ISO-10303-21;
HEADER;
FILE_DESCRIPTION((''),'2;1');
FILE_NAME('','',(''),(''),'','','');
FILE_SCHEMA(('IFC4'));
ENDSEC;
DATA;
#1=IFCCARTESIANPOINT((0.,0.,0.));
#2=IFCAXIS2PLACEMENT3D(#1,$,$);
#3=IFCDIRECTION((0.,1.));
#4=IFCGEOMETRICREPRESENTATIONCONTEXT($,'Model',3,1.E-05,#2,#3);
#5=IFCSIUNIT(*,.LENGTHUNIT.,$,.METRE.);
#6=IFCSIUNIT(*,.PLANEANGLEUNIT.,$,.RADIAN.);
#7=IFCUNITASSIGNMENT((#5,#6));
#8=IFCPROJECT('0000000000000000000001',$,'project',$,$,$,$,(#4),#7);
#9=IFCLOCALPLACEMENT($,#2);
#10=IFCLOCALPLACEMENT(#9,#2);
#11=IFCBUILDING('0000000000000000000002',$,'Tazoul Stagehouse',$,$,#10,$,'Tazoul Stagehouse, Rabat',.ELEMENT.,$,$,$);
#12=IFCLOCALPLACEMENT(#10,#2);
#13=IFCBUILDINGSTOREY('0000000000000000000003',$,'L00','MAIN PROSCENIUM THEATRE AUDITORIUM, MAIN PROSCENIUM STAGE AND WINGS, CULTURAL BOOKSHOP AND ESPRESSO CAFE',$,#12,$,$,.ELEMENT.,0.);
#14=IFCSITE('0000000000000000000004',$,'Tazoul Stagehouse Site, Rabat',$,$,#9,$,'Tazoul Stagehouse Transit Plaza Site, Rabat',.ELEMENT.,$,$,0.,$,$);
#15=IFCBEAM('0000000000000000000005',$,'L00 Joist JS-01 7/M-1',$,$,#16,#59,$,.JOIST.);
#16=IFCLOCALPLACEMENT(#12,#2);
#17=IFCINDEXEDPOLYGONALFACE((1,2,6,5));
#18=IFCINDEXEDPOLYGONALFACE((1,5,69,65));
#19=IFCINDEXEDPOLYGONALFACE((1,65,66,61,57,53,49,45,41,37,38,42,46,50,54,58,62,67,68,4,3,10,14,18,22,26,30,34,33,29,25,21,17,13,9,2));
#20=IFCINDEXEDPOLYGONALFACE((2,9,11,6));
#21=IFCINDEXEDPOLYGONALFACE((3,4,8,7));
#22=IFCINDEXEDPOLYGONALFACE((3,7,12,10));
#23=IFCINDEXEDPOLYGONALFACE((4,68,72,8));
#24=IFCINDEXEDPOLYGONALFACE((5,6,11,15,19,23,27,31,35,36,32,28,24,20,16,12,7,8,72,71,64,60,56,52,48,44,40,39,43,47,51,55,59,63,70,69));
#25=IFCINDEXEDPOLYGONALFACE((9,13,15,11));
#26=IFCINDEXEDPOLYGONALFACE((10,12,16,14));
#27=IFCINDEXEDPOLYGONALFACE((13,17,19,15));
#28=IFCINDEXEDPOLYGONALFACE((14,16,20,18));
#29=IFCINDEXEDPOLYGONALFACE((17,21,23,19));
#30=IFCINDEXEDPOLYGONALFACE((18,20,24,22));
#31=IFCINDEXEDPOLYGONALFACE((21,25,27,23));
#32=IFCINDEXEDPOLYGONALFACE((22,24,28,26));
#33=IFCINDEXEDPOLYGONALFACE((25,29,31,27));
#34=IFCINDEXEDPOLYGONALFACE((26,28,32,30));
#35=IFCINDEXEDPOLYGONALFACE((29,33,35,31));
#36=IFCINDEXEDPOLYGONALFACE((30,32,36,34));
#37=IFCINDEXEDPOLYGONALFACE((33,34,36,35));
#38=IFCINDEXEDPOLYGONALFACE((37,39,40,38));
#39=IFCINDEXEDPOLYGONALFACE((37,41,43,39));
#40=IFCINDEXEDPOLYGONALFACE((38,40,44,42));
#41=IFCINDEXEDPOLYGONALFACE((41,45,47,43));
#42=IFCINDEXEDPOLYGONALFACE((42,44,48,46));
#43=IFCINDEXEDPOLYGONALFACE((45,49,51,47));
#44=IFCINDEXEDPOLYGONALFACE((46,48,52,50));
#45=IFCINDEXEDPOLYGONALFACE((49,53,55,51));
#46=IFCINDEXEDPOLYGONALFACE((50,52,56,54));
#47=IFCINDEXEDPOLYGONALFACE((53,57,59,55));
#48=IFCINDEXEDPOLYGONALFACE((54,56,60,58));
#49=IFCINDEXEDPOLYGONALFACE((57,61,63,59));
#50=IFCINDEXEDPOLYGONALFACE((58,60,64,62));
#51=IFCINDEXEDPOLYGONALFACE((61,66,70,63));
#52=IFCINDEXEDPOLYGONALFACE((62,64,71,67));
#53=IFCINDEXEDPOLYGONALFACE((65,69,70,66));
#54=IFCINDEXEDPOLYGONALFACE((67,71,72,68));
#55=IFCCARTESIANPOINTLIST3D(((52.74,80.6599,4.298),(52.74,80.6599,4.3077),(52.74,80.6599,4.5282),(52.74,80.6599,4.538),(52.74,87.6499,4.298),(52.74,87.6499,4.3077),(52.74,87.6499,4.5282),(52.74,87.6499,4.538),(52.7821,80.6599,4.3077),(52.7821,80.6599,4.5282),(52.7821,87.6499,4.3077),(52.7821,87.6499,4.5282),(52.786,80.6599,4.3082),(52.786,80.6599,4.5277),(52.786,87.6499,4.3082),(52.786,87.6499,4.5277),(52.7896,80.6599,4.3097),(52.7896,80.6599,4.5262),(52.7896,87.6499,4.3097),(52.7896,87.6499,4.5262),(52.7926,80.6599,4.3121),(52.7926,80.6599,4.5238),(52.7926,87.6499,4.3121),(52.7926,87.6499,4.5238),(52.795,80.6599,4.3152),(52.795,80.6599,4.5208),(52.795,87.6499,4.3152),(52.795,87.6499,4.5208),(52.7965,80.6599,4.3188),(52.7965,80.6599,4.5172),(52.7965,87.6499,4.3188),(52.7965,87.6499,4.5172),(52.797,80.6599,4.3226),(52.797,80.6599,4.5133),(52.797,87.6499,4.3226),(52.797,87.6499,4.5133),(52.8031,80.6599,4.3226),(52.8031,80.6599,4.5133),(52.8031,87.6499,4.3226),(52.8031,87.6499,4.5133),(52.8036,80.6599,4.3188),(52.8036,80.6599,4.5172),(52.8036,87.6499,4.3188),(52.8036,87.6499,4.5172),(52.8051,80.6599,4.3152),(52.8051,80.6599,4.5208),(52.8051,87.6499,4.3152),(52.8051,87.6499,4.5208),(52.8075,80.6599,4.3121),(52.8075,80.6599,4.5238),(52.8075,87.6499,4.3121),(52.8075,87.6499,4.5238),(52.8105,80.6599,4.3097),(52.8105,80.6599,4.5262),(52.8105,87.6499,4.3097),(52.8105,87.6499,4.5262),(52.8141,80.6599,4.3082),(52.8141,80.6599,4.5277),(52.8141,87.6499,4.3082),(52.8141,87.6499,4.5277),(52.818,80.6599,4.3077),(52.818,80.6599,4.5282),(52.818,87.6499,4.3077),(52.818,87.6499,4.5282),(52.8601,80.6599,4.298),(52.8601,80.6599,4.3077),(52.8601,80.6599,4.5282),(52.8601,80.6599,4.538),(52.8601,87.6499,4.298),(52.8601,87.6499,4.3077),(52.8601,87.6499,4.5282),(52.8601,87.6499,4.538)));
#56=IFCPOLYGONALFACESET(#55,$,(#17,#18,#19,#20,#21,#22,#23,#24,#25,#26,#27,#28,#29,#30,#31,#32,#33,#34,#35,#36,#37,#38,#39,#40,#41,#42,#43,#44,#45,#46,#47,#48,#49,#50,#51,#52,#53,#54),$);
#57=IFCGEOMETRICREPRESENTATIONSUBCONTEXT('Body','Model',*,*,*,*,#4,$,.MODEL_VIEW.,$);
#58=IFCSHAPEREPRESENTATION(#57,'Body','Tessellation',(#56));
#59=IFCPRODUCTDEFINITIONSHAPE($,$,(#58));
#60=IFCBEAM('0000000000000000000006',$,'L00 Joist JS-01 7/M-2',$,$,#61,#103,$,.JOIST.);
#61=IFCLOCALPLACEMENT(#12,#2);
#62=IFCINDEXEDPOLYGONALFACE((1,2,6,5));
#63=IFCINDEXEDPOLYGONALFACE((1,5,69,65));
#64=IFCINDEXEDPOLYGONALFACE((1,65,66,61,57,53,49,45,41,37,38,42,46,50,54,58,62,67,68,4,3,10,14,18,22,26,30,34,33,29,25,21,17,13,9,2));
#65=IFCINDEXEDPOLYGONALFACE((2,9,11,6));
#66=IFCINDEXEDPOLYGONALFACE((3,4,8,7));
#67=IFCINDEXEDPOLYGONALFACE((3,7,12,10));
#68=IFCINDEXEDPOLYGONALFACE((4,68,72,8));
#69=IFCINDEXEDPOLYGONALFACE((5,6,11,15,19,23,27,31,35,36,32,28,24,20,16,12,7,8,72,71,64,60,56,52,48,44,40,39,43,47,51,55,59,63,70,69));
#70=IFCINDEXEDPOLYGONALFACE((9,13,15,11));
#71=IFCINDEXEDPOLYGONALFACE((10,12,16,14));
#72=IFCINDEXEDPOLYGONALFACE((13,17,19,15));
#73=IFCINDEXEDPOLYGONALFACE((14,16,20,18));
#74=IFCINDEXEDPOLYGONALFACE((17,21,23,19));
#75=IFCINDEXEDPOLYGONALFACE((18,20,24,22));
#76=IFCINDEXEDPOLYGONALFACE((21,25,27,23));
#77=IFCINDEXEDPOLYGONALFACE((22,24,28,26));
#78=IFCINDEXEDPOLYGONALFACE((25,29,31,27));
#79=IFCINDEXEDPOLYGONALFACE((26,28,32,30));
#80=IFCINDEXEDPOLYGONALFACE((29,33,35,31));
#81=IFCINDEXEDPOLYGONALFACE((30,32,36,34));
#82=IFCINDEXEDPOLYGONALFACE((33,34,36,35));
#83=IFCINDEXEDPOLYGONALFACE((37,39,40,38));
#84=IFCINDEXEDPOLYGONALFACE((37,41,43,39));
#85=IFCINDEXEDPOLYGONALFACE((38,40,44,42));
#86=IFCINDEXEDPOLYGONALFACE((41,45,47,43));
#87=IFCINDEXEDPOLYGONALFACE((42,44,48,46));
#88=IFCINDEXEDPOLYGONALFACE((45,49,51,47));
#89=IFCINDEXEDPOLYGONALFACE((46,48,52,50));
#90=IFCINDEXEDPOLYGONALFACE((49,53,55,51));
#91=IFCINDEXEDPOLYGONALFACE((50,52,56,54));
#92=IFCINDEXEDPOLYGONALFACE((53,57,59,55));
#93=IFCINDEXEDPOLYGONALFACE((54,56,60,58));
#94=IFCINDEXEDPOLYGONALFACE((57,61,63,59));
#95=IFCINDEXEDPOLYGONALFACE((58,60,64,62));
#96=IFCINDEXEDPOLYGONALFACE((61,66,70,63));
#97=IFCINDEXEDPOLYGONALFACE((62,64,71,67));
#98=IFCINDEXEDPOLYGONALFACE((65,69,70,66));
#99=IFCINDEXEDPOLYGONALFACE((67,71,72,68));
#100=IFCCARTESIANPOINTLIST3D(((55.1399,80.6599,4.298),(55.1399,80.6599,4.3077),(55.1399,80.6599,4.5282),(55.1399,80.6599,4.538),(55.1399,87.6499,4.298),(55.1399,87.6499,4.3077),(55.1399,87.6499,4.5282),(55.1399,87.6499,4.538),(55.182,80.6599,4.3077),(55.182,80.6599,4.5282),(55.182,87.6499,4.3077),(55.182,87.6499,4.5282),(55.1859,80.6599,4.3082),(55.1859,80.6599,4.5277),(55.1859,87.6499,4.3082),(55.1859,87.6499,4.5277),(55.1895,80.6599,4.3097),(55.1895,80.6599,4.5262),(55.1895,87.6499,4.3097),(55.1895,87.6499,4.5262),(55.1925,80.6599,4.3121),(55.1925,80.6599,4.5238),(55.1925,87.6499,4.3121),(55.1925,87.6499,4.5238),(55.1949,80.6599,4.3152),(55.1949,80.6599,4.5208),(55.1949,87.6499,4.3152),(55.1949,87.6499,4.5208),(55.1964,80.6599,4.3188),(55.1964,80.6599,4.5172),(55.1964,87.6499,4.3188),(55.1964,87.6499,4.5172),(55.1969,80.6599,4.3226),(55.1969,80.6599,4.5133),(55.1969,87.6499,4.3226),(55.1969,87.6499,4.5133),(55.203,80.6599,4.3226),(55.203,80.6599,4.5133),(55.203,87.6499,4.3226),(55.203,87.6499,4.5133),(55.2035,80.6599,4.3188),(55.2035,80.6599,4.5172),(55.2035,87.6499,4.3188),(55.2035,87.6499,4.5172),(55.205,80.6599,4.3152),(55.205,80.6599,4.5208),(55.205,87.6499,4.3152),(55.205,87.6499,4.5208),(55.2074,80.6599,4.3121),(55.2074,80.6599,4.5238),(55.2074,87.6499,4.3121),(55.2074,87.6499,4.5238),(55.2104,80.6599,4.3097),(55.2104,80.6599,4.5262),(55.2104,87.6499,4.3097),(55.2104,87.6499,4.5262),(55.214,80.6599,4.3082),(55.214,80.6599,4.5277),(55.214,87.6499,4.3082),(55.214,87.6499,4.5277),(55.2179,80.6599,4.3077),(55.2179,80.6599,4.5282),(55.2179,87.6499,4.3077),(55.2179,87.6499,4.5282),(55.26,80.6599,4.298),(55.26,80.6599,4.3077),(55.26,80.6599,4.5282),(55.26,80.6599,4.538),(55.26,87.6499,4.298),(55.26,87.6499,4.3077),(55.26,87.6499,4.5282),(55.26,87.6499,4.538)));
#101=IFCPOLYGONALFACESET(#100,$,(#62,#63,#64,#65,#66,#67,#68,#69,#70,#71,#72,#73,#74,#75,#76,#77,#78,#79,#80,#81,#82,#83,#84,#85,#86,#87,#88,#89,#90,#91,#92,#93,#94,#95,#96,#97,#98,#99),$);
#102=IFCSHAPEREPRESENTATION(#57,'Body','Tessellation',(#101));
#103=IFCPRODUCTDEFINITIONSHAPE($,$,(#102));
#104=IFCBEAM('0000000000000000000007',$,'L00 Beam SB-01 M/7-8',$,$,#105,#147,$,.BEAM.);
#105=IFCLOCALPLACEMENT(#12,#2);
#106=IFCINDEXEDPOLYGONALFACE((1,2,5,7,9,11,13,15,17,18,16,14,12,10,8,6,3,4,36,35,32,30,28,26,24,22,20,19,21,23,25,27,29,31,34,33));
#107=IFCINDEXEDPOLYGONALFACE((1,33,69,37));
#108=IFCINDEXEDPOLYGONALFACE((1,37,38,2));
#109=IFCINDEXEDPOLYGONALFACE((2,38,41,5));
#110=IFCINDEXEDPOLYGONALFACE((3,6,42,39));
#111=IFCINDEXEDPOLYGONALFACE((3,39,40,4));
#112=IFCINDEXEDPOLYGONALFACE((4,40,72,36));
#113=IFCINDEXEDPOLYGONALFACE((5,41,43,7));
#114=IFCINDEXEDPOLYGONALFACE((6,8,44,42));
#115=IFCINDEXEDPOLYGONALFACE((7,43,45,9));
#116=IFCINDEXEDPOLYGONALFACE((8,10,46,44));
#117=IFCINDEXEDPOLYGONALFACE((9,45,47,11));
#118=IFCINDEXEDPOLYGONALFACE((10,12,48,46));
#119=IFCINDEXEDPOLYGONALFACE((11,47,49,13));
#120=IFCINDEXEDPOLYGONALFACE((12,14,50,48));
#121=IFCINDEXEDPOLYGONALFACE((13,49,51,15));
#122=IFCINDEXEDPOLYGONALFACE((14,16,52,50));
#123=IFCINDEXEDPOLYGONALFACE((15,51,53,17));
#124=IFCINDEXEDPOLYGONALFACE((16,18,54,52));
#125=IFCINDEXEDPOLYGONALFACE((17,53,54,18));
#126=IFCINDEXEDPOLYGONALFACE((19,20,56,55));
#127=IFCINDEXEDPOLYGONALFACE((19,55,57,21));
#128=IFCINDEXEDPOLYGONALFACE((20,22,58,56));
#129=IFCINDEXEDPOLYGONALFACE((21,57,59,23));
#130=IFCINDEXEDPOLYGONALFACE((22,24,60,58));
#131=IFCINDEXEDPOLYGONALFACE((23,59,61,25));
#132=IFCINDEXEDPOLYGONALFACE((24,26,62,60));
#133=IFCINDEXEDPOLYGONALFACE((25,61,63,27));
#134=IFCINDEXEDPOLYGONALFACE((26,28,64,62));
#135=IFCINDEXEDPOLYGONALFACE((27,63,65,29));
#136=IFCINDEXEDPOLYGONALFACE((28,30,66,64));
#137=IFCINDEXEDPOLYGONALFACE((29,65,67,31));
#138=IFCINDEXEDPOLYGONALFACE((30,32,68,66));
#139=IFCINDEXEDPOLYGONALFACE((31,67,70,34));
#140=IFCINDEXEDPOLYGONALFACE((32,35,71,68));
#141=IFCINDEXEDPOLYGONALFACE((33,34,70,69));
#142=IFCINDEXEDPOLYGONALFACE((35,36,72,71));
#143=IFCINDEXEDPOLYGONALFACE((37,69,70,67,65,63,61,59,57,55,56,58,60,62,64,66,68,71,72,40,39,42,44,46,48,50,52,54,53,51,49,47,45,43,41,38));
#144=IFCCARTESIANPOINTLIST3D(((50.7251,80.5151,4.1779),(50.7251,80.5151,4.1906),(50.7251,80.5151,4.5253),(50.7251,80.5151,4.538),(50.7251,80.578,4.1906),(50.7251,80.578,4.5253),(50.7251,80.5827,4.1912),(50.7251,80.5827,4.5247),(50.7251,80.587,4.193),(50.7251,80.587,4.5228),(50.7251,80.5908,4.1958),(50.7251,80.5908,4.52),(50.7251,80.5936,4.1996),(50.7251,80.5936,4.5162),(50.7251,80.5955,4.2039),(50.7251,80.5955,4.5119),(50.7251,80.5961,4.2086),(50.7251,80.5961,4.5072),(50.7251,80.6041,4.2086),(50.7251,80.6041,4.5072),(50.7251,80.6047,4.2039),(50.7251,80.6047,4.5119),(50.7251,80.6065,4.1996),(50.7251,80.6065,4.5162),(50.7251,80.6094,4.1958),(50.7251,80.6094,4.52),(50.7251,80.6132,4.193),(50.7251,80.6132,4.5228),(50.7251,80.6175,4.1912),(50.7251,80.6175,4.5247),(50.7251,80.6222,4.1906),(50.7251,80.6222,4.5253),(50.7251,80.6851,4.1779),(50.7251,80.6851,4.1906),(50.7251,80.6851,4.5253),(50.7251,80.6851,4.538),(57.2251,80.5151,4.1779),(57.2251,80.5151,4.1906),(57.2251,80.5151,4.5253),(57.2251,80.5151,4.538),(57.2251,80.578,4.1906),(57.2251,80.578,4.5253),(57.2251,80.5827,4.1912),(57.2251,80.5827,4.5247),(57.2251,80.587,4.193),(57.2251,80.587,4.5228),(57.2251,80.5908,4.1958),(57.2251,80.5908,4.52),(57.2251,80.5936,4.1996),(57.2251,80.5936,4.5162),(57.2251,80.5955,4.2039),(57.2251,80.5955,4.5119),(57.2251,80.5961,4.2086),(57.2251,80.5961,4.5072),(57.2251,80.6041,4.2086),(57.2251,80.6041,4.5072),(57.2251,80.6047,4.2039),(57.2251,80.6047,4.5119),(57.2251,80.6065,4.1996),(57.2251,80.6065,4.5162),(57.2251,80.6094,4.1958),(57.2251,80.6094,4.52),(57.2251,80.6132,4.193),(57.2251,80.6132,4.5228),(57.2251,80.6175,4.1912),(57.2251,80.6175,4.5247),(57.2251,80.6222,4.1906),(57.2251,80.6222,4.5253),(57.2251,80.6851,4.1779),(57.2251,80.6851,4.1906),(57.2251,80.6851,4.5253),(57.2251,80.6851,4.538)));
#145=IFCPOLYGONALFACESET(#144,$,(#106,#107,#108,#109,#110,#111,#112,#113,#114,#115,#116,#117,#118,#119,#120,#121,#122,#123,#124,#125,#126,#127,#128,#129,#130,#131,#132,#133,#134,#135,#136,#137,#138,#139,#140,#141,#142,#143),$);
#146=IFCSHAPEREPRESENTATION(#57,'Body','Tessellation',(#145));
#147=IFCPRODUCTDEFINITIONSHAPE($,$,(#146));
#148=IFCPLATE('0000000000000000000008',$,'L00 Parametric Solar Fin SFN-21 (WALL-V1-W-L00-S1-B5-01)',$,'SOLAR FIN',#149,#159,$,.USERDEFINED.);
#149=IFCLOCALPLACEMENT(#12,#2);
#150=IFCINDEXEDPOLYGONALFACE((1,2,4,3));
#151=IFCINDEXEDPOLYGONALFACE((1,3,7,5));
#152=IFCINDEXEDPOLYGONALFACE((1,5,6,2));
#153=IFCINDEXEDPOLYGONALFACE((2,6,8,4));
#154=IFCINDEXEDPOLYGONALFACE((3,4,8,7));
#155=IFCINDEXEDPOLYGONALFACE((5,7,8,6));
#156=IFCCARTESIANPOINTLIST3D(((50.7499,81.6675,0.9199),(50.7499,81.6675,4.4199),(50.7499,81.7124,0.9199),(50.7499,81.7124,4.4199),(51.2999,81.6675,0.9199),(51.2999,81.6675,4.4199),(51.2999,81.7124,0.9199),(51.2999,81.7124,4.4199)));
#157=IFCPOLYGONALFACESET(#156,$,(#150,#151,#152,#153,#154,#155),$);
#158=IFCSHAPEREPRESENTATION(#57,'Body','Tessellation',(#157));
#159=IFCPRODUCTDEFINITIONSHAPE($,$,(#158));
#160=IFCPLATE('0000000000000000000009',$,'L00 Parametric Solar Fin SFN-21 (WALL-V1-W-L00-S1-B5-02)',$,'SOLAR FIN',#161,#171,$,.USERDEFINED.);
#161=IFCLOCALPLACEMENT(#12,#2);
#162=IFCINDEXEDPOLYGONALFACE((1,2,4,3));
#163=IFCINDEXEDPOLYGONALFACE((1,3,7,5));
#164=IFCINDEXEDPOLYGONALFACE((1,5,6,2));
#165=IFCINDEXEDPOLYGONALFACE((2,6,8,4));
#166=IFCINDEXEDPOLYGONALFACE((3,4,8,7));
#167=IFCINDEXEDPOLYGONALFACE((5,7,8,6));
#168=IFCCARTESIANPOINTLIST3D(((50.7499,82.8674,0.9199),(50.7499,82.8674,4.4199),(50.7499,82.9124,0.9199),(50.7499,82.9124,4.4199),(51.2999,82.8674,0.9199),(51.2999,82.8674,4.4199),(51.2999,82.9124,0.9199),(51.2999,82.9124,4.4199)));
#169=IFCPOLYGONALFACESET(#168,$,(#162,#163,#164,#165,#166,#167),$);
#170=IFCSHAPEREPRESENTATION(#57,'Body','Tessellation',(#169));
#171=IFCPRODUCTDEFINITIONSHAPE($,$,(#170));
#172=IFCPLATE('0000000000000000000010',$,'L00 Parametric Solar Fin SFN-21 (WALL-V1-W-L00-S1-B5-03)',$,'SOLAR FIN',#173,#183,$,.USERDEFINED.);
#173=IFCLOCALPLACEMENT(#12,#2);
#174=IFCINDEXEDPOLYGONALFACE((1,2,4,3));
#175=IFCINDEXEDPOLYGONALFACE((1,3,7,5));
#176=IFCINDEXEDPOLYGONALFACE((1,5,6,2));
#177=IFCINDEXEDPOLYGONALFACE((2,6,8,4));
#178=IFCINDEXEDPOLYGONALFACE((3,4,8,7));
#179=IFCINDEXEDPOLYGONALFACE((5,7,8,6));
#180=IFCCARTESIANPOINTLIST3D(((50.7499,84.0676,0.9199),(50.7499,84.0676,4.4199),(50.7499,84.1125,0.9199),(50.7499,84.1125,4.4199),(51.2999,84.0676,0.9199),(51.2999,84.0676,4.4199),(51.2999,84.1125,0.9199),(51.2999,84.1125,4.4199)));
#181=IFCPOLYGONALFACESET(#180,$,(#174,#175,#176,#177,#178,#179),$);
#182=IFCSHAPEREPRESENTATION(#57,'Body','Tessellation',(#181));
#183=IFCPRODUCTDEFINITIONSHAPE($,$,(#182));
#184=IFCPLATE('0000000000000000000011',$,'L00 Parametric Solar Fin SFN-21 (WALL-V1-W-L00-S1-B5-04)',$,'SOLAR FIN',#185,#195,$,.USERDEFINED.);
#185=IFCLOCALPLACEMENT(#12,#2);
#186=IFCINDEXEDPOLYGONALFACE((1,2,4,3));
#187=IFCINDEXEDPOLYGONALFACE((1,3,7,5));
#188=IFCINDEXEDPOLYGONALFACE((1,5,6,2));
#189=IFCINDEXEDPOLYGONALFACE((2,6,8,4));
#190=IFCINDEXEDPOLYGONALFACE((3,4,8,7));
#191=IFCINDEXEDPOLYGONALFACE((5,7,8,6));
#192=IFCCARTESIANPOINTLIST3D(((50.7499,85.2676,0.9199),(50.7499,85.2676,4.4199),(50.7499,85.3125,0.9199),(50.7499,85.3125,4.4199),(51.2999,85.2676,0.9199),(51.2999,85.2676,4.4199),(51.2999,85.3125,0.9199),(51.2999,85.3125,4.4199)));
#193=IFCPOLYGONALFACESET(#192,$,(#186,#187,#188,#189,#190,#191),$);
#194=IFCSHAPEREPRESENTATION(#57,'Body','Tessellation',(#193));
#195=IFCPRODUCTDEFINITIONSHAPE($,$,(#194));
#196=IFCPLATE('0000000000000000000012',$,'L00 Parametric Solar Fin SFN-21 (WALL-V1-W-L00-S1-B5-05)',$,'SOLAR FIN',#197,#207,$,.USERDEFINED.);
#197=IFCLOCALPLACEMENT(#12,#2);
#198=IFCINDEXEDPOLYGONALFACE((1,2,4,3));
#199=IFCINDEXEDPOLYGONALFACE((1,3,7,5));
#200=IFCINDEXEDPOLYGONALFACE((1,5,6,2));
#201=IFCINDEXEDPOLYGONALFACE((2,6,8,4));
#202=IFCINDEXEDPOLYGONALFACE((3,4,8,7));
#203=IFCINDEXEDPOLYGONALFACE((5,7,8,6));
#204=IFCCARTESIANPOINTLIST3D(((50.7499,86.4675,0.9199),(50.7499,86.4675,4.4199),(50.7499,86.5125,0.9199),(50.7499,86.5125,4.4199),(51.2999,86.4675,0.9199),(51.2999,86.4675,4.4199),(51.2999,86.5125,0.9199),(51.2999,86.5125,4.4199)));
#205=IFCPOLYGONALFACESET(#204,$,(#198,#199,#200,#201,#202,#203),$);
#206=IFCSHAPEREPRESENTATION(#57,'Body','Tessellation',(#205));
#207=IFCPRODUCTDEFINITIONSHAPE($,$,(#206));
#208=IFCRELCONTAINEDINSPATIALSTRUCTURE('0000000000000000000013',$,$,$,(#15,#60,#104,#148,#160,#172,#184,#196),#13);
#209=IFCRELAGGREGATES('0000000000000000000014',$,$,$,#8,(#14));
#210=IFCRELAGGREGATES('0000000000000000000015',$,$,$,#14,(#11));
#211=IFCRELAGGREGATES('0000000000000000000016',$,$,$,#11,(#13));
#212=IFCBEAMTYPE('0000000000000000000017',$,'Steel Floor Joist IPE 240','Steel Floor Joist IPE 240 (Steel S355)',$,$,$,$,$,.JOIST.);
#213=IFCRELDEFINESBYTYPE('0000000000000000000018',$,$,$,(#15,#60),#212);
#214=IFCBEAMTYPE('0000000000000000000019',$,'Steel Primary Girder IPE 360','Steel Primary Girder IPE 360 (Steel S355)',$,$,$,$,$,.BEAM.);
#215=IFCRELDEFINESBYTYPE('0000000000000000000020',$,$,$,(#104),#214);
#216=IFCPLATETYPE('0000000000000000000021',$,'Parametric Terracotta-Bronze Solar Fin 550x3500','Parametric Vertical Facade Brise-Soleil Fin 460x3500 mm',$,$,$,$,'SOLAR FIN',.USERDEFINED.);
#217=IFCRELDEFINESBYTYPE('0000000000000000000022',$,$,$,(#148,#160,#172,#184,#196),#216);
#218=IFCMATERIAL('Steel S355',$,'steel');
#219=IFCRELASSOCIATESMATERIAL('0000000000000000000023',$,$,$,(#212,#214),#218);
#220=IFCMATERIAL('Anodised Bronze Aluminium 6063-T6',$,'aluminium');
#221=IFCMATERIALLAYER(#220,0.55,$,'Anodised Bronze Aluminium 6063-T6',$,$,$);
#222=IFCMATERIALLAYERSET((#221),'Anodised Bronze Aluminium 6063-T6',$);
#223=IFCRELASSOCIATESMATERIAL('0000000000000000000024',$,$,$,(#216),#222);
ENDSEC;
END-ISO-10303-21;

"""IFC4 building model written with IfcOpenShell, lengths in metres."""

from ifc_helpers import new_model, si_unit, direction, frame, origin, origin_2d, place, context, subcontext, project, spatial, rectangle, i_section, extrude, material, layer, layer_set, material_profile, profile_set, type_object, element, save


model = new_model("IFC4")

# Units and contexts
model_context = context("Model", 3, precision=1e-05, world=origin(), true_north=direction((0.0, 1.0)))
body_context = subcontext(model_context, "Body", "Model", "MODEL_VIEW")
ifc_project = project(units=[si_unit("LENGTHUNIT", "METRE"), si_unit("PLANEANGLEUNIT", "RADIAN")], contexts=[model_context])

# Site, building, storey
site_placement = place(None, origin())
site = spatial("IfcSite", under=ifc_project, at=site_placement, Name="Tazoul Stagehouse Site, Rabat", LongName="Tazoul Stagehouse Transit Plaza Site, Rabat", CompositionType="ELEMENT", RefElevation=0.0)
building_placement = place(site_placement, origin())
building = spatial("IfcBuilding", under=site, at=building_placement, Name="Tazoul Stagehouse", LongName="Tazoul Stagehouse, Rabat", CompositionType="ELEMENT")
storey_placement = place(building_placement, origin())
storey = spatial("IfcBuildingStorey", under=building, at=storey_placement, Name="L00", Description="MAIN PROSCENIUM THEATRE AUDITORIUM, MAIN PROSCENIUM STAGE AND WINGS, CULTURAL BOOKSHOP AND ESPRESSO CAFE", CompositionType="ELEMENT", Elevation=0.0)

# Beams
ifc_material_1 = material(Name="Steel S355", Category="steel")
ifc_material_profile_1 = material_profile(ifc_material_1, i_section(OverallWidth=0.1201, OverallDepth=0.24, WebThickness=0.0061, FlangeThickness=0.0098, FilletRadius=0.0149, at=origin_2d()), Name="IPE 240")
ifc_profile_set_1 = profile_set([ifc_material_profile_1], Name="Steel S355")
beam_type_1 = type_object("IfcBeamType", Name="Steel Floor Joist IPE 240", Description="Steel Floor Joist IPE 240 (Steel S355)", PredefinedType="JOIST", material=ifc_profile_set_1)
for number, where, z_axis, x_axis, name in (
    (1, (52.8, 80.6599, 4.418), (0.0, 1.0, 0.0), (-1.0, 0.0, 0.0), "L00 Joist JS-01 7/M-1"),
    (2, (55.2, 80.6599, 4.418), (0.0, 1.0, 0.0), (-1.0, 0.0, 0.0), "L00 Joist JS-01 7/M-2"),
):
    element("IfcBeam", number, at=place(storey_placement, frame(where, z_axis=z_axis, x_axis=x_axis)), inside=storey, type_object=beam_type_1, Name=name, PredefinedType="JOIST", context=body_context, shape_type="SweptSolid", body=[
        extrude(i_section(OverallWidth=0.1201, OverallDepth=0.24, WebThickness=0.0061, FlangeThickness=0.0098, FilletRadius=0.0149, at=origin_2d()), origin(), (0.0, 0.0, 1.0), 6.99),
    ])
ifc_material_profile_2 = material_profile(ifc_material_1, i_section(OverallWidth=0.1699, OverallDepth=0.3601, WebThickness=0.0081, FlangeThickness=0.0127, FilletRadius=0.0181, at=origin_2d()), Name="IPE 360")
ifc_profile_set_2 = profile_set([ifc_material_profile_2], Name="Steel S355")
beam_type_2 = type_object("IfcBeamType", Name="Steel Primary Girder IPE 360", Description="Steel Primary Girder IPE 360 (Steel S355)", PredefinedType="BEAM", material=ifc_profile_set_2)
beam_1_placement = place(storey_placement, frame((50.7251, 80.6001, 4.3579), z_axis=(1.0, 0.0, 0.0), x_axis=(0.0, 1.0, 0.0)))
element("IfcBeam", 3, at=beam_1_placement, inside=storey, type_object=beam_type_2, Name="L00 Beam SB-01 M/7-8", PredefinedType="BEAM", context=body_context, shape_type="SweptSolid", body=[
    extrude(i_section(OverallWidth=0.1699, OverallDepth=0.3601, WebThickness=0.0081, FlangeThickness=0.0127, FilletRadius=0.0181, at=origin_2d()), origin(), (0.0, 0.0, 1.0), 6.5),
])

# Plates
ifc_material_2 = material(Name="Anodised Bronze Aluminium 6063-T6", Category="aluminium")
ifc_layer_1 = layer(ifc_material_2, 0.55, Name="Anodised Bronze Aluminium 6063-T6")
ifc_layer_set_1 = layer_set([ifc_layer_1], Name="Anodised Bronze Aluminium 6063-T6")
plate_type_1 = type_object("IfcPlateType", Name="Parametric Terracotta-Bronze Solar Fin 550x3500", Description="Parametric Vertical Facade Brise-Soleil Fin 460x3500 mm", ElementType="SOLAR FIN", PredefinedType="USERDEFINED", material=ifc_layer_set_1)
for number, where, z_axis, x_axis, name in (
    (4, (51.0249, 81.6899, 0.9199), (0.0, 0.0, 1.0), (0.0, 1.0, 0.0), "L00 Parametric Solar Fin SFN-21 (WALL-V1-W-L00-S1-B5-01)"),
    (5, (51.0249, 82.8899, 0.9199), (0.0, 0.0, 1.0), (0.0, 1.0, 0.0), "L00 Parametric Solar Fin SFN-21 (WALL-V1-W-L00-S1-B5-02)"),
    (6, (51.0249, 84.0901, 0.9199), (0.0, 0.0, 1.0), (0.0, 1.0, 0.0), "L00 Parametric Solar Fin SFN-21 (WALL-V1-W-L00-S1-B5-03)"),
    (7, (51.0249, 85.29, 0.9199), (0.0, 0.0, 1.0), (0.0, 1.0, 0.0), "L00 Parametric Solar Fin SFN-21 (WALL-V1-W-L00-S1-B5-04)"),
    (8, (51.0249, 86.49, 0.9199), (0.0, 0.0, 1.0), (0.0, 1.0, 0.0), "L00 Parametric Solar Fin SFN-21 (WALL-V1-W-L00-S1-B5-05)"),
):
    element("IfcPlate", number, at=place(storey_placement, frame(where, z_axis=z_axis, x_axis=x_axis)), inside=storey, type_object=plate_type_1, Name=name, ObjectType="SOLAR FIN", PredefinedType="USERDEFINED", context=body_context, shape_type="SweptSolid", body=[
        extrude(rectangle(XDim=0.0449, YDim=0.55, at=origin_2d()), origin(), (0.0, 0.0, 1.0), 3.5),
    ])

save(model, "model.ifc")
